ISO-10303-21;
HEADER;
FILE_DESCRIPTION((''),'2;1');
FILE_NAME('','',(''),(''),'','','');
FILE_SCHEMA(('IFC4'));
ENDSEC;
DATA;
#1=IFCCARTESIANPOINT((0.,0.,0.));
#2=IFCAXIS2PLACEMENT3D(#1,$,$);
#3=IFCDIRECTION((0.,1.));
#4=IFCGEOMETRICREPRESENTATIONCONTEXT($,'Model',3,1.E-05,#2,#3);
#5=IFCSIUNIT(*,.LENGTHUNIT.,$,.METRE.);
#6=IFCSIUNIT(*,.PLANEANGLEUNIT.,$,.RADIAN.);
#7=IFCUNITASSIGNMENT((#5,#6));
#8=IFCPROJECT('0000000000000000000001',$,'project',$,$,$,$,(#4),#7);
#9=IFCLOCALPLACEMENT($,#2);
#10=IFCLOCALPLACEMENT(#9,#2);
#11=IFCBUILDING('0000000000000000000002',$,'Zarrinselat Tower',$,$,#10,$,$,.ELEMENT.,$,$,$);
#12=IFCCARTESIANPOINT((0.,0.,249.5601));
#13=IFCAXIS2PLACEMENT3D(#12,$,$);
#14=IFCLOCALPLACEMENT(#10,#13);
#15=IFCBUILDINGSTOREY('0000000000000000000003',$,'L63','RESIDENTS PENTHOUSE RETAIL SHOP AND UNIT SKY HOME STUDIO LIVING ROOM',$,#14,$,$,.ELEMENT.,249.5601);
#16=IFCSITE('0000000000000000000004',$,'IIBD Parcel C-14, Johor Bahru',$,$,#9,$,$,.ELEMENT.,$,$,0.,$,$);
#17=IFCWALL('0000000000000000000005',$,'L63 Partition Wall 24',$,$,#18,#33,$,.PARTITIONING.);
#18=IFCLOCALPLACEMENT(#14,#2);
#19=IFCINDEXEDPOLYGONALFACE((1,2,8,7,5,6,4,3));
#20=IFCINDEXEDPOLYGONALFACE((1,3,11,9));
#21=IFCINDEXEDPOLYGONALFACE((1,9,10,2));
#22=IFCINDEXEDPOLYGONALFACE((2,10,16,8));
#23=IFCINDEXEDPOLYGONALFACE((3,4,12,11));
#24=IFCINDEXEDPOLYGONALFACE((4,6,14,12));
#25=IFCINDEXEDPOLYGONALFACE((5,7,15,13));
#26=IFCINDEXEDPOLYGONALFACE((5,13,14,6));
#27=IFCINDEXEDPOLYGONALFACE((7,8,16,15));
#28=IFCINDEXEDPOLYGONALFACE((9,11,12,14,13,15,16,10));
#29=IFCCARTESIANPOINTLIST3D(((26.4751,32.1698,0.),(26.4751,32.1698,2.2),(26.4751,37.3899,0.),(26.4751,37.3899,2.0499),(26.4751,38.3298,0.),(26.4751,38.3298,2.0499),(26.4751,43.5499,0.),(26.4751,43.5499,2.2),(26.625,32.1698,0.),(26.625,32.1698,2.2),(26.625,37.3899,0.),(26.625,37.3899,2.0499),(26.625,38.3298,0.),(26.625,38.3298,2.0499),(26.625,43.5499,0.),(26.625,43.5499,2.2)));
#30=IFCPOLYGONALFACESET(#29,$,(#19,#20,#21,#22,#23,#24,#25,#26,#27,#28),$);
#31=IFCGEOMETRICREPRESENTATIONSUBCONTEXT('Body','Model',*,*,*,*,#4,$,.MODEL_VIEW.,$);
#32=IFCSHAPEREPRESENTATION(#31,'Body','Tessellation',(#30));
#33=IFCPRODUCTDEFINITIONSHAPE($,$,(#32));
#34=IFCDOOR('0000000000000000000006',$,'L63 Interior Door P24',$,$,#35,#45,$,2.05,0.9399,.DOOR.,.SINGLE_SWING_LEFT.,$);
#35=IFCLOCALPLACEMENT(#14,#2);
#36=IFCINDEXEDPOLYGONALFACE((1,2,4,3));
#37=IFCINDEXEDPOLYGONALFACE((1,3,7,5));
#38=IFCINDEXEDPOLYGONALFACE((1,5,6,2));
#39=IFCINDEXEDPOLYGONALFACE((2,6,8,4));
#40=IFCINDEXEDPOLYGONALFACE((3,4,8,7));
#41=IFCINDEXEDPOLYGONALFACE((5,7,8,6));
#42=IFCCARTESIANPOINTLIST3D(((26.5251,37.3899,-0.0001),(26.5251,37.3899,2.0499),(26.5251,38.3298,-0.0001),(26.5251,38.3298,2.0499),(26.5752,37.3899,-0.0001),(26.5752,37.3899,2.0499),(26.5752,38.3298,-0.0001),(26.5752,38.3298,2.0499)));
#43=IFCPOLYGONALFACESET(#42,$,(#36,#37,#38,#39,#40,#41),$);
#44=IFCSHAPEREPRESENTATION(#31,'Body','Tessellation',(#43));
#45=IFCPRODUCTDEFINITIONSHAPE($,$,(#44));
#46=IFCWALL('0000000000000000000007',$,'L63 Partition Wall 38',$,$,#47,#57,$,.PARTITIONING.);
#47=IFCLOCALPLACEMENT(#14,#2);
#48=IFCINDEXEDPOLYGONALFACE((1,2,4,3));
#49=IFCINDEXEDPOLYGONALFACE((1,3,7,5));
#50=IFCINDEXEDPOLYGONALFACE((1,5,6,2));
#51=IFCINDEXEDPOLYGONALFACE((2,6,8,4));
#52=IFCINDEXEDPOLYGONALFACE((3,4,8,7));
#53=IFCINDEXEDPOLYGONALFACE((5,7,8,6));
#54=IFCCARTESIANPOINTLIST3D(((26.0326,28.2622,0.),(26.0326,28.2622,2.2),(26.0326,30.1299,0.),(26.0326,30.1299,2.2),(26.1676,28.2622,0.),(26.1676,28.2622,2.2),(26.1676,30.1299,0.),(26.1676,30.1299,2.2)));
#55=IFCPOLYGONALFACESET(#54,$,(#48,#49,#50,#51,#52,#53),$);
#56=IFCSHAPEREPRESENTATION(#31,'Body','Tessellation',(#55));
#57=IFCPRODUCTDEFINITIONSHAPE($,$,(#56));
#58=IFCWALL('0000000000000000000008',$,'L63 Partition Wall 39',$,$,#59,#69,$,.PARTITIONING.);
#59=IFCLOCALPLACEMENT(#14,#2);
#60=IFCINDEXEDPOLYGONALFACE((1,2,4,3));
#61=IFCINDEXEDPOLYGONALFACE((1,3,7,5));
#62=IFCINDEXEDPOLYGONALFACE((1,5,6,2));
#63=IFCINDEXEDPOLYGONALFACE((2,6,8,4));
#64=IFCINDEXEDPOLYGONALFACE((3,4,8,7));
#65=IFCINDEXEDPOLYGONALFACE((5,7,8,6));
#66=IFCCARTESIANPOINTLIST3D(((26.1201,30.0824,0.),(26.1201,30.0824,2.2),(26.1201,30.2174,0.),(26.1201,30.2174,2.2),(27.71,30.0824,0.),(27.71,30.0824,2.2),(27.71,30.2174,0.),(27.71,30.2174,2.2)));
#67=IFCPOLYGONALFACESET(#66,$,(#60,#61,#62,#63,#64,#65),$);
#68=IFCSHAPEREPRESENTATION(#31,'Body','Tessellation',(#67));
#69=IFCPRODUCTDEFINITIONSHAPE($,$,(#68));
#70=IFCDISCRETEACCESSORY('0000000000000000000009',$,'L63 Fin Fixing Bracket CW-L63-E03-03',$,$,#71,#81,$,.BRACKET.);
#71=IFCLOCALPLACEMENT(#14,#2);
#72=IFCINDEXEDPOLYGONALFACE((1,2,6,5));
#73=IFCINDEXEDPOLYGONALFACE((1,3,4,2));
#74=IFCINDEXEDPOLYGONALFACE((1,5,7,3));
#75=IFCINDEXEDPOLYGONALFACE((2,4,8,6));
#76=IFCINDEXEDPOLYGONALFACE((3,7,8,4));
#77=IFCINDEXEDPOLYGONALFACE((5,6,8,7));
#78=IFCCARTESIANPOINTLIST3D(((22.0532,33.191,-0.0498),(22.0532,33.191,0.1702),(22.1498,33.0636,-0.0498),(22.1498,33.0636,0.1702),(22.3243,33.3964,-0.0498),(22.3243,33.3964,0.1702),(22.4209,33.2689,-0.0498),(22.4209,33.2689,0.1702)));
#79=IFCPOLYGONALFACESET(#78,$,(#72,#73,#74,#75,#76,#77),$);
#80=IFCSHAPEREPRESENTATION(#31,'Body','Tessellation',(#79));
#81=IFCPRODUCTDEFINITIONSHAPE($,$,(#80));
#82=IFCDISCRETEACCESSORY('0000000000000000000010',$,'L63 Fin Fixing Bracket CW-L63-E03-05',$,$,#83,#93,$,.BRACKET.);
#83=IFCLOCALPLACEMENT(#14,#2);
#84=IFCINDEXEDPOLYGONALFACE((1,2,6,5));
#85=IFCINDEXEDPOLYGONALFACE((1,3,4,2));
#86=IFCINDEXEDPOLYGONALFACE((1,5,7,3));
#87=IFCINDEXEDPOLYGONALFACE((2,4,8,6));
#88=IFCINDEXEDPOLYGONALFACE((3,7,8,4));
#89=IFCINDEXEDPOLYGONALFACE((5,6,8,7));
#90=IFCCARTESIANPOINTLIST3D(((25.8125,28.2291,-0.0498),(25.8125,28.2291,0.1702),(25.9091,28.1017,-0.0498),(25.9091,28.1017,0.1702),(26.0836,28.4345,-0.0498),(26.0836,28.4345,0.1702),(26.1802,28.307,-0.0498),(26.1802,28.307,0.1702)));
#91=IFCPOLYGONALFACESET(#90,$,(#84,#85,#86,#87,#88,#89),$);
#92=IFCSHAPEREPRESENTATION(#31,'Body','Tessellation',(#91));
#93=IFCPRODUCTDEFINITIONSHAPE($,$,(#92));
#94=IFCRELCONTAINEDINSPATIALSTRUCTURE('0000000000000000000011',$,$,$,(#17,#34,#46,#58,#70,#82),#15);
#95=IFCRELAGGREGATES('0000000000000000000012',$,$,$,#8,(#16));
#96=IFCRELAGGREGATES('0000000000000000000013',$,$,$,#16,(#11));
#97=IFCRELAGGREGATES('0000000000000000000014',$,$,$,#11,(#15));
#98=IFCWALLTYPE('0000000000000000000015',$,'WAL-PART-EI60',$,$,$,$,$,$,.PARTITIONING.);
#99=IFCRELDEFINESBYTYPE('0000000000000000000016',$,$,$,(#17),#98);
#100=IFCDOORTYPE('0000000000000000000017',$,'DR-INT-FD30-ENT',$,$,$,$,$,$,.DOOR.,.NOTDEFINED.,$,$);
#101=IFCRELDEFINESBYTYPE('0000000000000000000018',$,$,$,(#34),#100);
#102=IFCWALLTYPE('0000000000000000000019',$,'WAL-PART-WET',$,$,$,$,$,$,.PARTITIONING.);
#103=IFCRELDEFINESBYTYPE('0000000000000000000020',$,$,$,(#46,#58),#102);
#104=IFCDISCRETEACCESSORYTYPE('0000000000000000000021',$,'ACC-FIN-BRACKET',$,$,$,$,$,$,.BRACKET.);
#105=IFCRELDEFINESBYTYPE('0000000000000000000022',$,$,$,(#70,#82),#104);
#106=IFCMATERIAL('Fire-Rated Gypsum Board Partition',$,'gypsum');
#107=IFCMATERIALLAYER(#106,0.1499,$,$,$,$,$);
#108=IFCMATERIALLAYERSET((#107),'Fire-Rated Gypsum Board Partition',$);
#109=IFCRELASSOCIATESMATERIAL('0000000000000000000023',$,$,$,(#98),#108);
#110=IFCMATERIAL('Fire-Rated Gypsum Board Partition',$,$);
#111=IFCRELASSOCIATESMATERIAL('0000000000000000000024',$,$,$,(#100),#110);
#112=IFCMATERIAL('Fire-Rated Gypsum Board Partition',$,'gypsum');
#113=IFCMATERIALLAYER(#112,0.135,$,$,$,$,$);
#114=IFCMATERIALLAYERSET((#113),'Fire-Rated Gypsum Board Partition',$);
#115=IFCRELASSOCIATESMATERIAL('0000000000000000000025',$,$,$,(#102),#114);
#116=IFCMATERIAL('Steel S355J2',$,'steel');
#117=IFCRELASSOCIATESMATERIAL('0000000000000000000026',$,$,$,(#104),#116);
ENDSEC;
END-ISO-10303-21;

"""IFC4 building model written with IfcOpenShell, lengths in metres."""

from ifc_helpers import new_model, si_unit, direction, frame, frame_2d, origin, origin_2d, place, context, subcontext, project, spatial, rectangle, extrude, material, layer, layer_set, type_object, element, fill, save


model = new_model("IFC4")

# Units and contexts
model_context = context("Model", 3, precision=1e-05, world=origin(), true_north=direction((0.0, 1.0)))
body_context = subcontext(model_context, "Body", "Model", "MODEL_VIEW")
ifc_project = project(units=[si_unit("LENGTHUNIT", "METRE"), si_unit("PLANEANGLEUNIT", "RADIAN")], contexts=[model_context])

# Site, building, storey
site_placement = place(None, origin())
site = spatial("IfcSite", under=ifc_project, at=site_placement, Name="IIBD Parcel C-14, Johor Bahru", CompositionType="ELEMENT", RefElevation=0.0)
building_placement = place(site_placement, origin())
building = spatial("IfcBuilding", under=site, at=building_placement, Name="Zarrinselat Tower", CompositionType="ELEMENT")
storey_placement = place(building_placement, frame((0.0, 0.0, 249.5601)))
storey = spatial("IfcBuildingStorey", under=building, at=storey_placement, Name="L63", Description="RESIDENTS PENTHOUSE RETAIL SHOP AND UNIT SKY HOME STUDIO LIVING ROOM", CompositionType="ELEMENT", Elevation=249.5601)

# Shared definitions
ifc_material_1 = material(Name="Fire-Rated Gypsum Board Partition", Category="gypsum")
ifc_layer_1 = layer(ifc_material_1, 0.1499)
ifc_layer_set_1 = layer_set([ifc_layer_1], Name="Fire-Rated Gypsum Board Partition")
wall_type_1 = type_object("IfcWallType", Name="WAL-PART-EI60", PredefinedType="PARTITIONING", material=ifc_layer_set_1)

# Wall, opening, door
wall_1_placement = place(storey_placement, frame((26.55, 32.1699, 0.0), z_axis=(0.0, 0.0, 1.0), x_axis=(0.0, 1.0, 0.0)))
wall_1 = element("IfcWall", 1, at=wall_1_placement, inside=storey, type_object=wall_type_1, Name="L63 Partition Wall 24", PredefinedType="PARTITIONING", context=body_context, shape_type="SweptSolid", body=[
    extrude(rectangle(XDim=11.3801, YDim=0.1499, at=frame_2d((5.6899, 0.0))), origin(), (0.0, 0.0, 1.0), 2.2),
])
opening_placement = place(wall_1_placement, frame((5.22, 0.0, 0.0)))
opening = element("IfcOpeningElement", 2, at=opening_placement, cuts=wall_1, PredefinedType="OPENING", context=body_context, shape_type="SweptSolid", body=[
    extrude(rectangle(XDim=0.9399, YDim=2.05, at=frame_2d((0.47, 1.0249))), frame((0.0, 0.085, 0.0), z_axis=(0.0, -1.0, 0.0), x_axis=(1.0, 0.0, 0.0)), (0.0, 0.0, 1.0), 0.1699),
])
ifc_material_2 = material(Name="Fire-Rated Gypsum Board Partition")
door_type = type_object("IfcDoorType", Name="DR-INT-FD30-ENT", OperationType="NOTDEFINED", PredefinedType="DOOR", material=ifc_material_2)
door_placement = place(opening_placement, origin())
door = element("IfcDoor", 3, at=door_placement, inside=storey, type_object=door_type, Name="L63 Interior Door P24", OperationType="SINGLE_SWING_LEFT", OverallHeight=2.05, OverallWidth=0.9399, PredefinedType="DOOR", context=body_context, shape_type="SweptSolid", body=[
    extrude(rectangle(XDim=0.9399, YDim=2.05, at=frame_2d((0.47, 1.0249))), frame((0.0, 0.0249, 0.0), z_axis=(0.0, -1.0, 0.0), x_axis=(1.0, 0.0, 0.0)), (0.0, 0.0, 1.0), 0.05),
])
fill(opening, door)

# Walls
ifc_material_3 = material(Name="Fire-Rated Gypsum Board Partition", Category="gypsum")
ifc_layer_2 = layer(ifc_material_3, 0.135)
ifc_layer_set_2 = layer_set([ifc_layer_2], Name="Fire-Rated Gypsum Board Partition")
wall_type_2 = type_object("IfcWallType", Name="WAL-PART-WET", PredefinedType="PARTITIONING", material=ifc_layer_set_2)
wall_2_placement = place(storey_placement, frame((26.1001, 28.2622, 0.0), z_axis=(0.0, 0.0, 1.0), x_axis=(0.0, 1.0, 0.0)))
element("IfcWall", 4, at=wall_2_placement, inside=storey, type_object=wall_type_2, Name="L63 Partition Wall 38", PredefinedType="PARTITIONING", context=body_context, shape_type="SweptSolid", body=[
    extrude(rectangle(XDim=1.8677, YDim=0.135, at=frame_2d((0.9338, 0.0))), origin(), (0.0, 0.0, 1.0), 2.2),
])
wall_3_placement = place(storey_placement, frame((26.1201, 30.1499, 0.0), z_axis=(0.0, 0.0, 1.0), x_axis=(1.0, 0.0, 0.0)))
element("IfcWall", 5, at=wall_3_placement, inside=storey, type_object=wall_type_2, Name="L63 Partition Wall 39", PredefinedType="PARTITIONING", context=body_context, shape_type="SweptSolid", body=[
    extrude(rectangle(XDim=1.5898, YDim=0.135, at=frame_2d((0.7949, 0.0))), origin(), (0.0, 0.0, 1.0), 2.2),
])

# Discrete accessories
ifc_material_4 = material(Name="Steel S355J2", Category="steel")
discrete_accessory_type = type_object("IfcDiscreteAccessoryType", Name="ACC-FIN-BRACKET", PredefinedType="BRACKET", material=ifc_material_4)
for number, where, z_axis, x_axis, name in (
    (6, (22.2371, 33.23, -0.0498), (0.0, 0.0, 1.0), (-0.797092, -0.603857, 0.0), "L63 Fin Fixing Bracket CW-L63-E03-03"),
    (7, (25.9963, 28.2681, -0.0498), (0.0, 0.0, 1.0), (-0.797092, -0.603857, 0.0), "L63 Fin Fixing Bracket CW-L63-E03-05"),
):
    element("IfcDiscreteAccessory", number, at=place(storey_placement, frame(where, z_axis=z_axis, x_axis=x_axis)), inside=storey, type_object=discrete_accessory_type, Name=name, PredefinedType="BRACKET", context=body_context, shape_type="SweptSolid", body=[
        extrude(rectangle(XDim=0.3401, YDim=0.1599, at=origin_2d()), origin(), (0.0, 0.0, 1.0), 0.22),
    ])

save(model, "model.ifc")
